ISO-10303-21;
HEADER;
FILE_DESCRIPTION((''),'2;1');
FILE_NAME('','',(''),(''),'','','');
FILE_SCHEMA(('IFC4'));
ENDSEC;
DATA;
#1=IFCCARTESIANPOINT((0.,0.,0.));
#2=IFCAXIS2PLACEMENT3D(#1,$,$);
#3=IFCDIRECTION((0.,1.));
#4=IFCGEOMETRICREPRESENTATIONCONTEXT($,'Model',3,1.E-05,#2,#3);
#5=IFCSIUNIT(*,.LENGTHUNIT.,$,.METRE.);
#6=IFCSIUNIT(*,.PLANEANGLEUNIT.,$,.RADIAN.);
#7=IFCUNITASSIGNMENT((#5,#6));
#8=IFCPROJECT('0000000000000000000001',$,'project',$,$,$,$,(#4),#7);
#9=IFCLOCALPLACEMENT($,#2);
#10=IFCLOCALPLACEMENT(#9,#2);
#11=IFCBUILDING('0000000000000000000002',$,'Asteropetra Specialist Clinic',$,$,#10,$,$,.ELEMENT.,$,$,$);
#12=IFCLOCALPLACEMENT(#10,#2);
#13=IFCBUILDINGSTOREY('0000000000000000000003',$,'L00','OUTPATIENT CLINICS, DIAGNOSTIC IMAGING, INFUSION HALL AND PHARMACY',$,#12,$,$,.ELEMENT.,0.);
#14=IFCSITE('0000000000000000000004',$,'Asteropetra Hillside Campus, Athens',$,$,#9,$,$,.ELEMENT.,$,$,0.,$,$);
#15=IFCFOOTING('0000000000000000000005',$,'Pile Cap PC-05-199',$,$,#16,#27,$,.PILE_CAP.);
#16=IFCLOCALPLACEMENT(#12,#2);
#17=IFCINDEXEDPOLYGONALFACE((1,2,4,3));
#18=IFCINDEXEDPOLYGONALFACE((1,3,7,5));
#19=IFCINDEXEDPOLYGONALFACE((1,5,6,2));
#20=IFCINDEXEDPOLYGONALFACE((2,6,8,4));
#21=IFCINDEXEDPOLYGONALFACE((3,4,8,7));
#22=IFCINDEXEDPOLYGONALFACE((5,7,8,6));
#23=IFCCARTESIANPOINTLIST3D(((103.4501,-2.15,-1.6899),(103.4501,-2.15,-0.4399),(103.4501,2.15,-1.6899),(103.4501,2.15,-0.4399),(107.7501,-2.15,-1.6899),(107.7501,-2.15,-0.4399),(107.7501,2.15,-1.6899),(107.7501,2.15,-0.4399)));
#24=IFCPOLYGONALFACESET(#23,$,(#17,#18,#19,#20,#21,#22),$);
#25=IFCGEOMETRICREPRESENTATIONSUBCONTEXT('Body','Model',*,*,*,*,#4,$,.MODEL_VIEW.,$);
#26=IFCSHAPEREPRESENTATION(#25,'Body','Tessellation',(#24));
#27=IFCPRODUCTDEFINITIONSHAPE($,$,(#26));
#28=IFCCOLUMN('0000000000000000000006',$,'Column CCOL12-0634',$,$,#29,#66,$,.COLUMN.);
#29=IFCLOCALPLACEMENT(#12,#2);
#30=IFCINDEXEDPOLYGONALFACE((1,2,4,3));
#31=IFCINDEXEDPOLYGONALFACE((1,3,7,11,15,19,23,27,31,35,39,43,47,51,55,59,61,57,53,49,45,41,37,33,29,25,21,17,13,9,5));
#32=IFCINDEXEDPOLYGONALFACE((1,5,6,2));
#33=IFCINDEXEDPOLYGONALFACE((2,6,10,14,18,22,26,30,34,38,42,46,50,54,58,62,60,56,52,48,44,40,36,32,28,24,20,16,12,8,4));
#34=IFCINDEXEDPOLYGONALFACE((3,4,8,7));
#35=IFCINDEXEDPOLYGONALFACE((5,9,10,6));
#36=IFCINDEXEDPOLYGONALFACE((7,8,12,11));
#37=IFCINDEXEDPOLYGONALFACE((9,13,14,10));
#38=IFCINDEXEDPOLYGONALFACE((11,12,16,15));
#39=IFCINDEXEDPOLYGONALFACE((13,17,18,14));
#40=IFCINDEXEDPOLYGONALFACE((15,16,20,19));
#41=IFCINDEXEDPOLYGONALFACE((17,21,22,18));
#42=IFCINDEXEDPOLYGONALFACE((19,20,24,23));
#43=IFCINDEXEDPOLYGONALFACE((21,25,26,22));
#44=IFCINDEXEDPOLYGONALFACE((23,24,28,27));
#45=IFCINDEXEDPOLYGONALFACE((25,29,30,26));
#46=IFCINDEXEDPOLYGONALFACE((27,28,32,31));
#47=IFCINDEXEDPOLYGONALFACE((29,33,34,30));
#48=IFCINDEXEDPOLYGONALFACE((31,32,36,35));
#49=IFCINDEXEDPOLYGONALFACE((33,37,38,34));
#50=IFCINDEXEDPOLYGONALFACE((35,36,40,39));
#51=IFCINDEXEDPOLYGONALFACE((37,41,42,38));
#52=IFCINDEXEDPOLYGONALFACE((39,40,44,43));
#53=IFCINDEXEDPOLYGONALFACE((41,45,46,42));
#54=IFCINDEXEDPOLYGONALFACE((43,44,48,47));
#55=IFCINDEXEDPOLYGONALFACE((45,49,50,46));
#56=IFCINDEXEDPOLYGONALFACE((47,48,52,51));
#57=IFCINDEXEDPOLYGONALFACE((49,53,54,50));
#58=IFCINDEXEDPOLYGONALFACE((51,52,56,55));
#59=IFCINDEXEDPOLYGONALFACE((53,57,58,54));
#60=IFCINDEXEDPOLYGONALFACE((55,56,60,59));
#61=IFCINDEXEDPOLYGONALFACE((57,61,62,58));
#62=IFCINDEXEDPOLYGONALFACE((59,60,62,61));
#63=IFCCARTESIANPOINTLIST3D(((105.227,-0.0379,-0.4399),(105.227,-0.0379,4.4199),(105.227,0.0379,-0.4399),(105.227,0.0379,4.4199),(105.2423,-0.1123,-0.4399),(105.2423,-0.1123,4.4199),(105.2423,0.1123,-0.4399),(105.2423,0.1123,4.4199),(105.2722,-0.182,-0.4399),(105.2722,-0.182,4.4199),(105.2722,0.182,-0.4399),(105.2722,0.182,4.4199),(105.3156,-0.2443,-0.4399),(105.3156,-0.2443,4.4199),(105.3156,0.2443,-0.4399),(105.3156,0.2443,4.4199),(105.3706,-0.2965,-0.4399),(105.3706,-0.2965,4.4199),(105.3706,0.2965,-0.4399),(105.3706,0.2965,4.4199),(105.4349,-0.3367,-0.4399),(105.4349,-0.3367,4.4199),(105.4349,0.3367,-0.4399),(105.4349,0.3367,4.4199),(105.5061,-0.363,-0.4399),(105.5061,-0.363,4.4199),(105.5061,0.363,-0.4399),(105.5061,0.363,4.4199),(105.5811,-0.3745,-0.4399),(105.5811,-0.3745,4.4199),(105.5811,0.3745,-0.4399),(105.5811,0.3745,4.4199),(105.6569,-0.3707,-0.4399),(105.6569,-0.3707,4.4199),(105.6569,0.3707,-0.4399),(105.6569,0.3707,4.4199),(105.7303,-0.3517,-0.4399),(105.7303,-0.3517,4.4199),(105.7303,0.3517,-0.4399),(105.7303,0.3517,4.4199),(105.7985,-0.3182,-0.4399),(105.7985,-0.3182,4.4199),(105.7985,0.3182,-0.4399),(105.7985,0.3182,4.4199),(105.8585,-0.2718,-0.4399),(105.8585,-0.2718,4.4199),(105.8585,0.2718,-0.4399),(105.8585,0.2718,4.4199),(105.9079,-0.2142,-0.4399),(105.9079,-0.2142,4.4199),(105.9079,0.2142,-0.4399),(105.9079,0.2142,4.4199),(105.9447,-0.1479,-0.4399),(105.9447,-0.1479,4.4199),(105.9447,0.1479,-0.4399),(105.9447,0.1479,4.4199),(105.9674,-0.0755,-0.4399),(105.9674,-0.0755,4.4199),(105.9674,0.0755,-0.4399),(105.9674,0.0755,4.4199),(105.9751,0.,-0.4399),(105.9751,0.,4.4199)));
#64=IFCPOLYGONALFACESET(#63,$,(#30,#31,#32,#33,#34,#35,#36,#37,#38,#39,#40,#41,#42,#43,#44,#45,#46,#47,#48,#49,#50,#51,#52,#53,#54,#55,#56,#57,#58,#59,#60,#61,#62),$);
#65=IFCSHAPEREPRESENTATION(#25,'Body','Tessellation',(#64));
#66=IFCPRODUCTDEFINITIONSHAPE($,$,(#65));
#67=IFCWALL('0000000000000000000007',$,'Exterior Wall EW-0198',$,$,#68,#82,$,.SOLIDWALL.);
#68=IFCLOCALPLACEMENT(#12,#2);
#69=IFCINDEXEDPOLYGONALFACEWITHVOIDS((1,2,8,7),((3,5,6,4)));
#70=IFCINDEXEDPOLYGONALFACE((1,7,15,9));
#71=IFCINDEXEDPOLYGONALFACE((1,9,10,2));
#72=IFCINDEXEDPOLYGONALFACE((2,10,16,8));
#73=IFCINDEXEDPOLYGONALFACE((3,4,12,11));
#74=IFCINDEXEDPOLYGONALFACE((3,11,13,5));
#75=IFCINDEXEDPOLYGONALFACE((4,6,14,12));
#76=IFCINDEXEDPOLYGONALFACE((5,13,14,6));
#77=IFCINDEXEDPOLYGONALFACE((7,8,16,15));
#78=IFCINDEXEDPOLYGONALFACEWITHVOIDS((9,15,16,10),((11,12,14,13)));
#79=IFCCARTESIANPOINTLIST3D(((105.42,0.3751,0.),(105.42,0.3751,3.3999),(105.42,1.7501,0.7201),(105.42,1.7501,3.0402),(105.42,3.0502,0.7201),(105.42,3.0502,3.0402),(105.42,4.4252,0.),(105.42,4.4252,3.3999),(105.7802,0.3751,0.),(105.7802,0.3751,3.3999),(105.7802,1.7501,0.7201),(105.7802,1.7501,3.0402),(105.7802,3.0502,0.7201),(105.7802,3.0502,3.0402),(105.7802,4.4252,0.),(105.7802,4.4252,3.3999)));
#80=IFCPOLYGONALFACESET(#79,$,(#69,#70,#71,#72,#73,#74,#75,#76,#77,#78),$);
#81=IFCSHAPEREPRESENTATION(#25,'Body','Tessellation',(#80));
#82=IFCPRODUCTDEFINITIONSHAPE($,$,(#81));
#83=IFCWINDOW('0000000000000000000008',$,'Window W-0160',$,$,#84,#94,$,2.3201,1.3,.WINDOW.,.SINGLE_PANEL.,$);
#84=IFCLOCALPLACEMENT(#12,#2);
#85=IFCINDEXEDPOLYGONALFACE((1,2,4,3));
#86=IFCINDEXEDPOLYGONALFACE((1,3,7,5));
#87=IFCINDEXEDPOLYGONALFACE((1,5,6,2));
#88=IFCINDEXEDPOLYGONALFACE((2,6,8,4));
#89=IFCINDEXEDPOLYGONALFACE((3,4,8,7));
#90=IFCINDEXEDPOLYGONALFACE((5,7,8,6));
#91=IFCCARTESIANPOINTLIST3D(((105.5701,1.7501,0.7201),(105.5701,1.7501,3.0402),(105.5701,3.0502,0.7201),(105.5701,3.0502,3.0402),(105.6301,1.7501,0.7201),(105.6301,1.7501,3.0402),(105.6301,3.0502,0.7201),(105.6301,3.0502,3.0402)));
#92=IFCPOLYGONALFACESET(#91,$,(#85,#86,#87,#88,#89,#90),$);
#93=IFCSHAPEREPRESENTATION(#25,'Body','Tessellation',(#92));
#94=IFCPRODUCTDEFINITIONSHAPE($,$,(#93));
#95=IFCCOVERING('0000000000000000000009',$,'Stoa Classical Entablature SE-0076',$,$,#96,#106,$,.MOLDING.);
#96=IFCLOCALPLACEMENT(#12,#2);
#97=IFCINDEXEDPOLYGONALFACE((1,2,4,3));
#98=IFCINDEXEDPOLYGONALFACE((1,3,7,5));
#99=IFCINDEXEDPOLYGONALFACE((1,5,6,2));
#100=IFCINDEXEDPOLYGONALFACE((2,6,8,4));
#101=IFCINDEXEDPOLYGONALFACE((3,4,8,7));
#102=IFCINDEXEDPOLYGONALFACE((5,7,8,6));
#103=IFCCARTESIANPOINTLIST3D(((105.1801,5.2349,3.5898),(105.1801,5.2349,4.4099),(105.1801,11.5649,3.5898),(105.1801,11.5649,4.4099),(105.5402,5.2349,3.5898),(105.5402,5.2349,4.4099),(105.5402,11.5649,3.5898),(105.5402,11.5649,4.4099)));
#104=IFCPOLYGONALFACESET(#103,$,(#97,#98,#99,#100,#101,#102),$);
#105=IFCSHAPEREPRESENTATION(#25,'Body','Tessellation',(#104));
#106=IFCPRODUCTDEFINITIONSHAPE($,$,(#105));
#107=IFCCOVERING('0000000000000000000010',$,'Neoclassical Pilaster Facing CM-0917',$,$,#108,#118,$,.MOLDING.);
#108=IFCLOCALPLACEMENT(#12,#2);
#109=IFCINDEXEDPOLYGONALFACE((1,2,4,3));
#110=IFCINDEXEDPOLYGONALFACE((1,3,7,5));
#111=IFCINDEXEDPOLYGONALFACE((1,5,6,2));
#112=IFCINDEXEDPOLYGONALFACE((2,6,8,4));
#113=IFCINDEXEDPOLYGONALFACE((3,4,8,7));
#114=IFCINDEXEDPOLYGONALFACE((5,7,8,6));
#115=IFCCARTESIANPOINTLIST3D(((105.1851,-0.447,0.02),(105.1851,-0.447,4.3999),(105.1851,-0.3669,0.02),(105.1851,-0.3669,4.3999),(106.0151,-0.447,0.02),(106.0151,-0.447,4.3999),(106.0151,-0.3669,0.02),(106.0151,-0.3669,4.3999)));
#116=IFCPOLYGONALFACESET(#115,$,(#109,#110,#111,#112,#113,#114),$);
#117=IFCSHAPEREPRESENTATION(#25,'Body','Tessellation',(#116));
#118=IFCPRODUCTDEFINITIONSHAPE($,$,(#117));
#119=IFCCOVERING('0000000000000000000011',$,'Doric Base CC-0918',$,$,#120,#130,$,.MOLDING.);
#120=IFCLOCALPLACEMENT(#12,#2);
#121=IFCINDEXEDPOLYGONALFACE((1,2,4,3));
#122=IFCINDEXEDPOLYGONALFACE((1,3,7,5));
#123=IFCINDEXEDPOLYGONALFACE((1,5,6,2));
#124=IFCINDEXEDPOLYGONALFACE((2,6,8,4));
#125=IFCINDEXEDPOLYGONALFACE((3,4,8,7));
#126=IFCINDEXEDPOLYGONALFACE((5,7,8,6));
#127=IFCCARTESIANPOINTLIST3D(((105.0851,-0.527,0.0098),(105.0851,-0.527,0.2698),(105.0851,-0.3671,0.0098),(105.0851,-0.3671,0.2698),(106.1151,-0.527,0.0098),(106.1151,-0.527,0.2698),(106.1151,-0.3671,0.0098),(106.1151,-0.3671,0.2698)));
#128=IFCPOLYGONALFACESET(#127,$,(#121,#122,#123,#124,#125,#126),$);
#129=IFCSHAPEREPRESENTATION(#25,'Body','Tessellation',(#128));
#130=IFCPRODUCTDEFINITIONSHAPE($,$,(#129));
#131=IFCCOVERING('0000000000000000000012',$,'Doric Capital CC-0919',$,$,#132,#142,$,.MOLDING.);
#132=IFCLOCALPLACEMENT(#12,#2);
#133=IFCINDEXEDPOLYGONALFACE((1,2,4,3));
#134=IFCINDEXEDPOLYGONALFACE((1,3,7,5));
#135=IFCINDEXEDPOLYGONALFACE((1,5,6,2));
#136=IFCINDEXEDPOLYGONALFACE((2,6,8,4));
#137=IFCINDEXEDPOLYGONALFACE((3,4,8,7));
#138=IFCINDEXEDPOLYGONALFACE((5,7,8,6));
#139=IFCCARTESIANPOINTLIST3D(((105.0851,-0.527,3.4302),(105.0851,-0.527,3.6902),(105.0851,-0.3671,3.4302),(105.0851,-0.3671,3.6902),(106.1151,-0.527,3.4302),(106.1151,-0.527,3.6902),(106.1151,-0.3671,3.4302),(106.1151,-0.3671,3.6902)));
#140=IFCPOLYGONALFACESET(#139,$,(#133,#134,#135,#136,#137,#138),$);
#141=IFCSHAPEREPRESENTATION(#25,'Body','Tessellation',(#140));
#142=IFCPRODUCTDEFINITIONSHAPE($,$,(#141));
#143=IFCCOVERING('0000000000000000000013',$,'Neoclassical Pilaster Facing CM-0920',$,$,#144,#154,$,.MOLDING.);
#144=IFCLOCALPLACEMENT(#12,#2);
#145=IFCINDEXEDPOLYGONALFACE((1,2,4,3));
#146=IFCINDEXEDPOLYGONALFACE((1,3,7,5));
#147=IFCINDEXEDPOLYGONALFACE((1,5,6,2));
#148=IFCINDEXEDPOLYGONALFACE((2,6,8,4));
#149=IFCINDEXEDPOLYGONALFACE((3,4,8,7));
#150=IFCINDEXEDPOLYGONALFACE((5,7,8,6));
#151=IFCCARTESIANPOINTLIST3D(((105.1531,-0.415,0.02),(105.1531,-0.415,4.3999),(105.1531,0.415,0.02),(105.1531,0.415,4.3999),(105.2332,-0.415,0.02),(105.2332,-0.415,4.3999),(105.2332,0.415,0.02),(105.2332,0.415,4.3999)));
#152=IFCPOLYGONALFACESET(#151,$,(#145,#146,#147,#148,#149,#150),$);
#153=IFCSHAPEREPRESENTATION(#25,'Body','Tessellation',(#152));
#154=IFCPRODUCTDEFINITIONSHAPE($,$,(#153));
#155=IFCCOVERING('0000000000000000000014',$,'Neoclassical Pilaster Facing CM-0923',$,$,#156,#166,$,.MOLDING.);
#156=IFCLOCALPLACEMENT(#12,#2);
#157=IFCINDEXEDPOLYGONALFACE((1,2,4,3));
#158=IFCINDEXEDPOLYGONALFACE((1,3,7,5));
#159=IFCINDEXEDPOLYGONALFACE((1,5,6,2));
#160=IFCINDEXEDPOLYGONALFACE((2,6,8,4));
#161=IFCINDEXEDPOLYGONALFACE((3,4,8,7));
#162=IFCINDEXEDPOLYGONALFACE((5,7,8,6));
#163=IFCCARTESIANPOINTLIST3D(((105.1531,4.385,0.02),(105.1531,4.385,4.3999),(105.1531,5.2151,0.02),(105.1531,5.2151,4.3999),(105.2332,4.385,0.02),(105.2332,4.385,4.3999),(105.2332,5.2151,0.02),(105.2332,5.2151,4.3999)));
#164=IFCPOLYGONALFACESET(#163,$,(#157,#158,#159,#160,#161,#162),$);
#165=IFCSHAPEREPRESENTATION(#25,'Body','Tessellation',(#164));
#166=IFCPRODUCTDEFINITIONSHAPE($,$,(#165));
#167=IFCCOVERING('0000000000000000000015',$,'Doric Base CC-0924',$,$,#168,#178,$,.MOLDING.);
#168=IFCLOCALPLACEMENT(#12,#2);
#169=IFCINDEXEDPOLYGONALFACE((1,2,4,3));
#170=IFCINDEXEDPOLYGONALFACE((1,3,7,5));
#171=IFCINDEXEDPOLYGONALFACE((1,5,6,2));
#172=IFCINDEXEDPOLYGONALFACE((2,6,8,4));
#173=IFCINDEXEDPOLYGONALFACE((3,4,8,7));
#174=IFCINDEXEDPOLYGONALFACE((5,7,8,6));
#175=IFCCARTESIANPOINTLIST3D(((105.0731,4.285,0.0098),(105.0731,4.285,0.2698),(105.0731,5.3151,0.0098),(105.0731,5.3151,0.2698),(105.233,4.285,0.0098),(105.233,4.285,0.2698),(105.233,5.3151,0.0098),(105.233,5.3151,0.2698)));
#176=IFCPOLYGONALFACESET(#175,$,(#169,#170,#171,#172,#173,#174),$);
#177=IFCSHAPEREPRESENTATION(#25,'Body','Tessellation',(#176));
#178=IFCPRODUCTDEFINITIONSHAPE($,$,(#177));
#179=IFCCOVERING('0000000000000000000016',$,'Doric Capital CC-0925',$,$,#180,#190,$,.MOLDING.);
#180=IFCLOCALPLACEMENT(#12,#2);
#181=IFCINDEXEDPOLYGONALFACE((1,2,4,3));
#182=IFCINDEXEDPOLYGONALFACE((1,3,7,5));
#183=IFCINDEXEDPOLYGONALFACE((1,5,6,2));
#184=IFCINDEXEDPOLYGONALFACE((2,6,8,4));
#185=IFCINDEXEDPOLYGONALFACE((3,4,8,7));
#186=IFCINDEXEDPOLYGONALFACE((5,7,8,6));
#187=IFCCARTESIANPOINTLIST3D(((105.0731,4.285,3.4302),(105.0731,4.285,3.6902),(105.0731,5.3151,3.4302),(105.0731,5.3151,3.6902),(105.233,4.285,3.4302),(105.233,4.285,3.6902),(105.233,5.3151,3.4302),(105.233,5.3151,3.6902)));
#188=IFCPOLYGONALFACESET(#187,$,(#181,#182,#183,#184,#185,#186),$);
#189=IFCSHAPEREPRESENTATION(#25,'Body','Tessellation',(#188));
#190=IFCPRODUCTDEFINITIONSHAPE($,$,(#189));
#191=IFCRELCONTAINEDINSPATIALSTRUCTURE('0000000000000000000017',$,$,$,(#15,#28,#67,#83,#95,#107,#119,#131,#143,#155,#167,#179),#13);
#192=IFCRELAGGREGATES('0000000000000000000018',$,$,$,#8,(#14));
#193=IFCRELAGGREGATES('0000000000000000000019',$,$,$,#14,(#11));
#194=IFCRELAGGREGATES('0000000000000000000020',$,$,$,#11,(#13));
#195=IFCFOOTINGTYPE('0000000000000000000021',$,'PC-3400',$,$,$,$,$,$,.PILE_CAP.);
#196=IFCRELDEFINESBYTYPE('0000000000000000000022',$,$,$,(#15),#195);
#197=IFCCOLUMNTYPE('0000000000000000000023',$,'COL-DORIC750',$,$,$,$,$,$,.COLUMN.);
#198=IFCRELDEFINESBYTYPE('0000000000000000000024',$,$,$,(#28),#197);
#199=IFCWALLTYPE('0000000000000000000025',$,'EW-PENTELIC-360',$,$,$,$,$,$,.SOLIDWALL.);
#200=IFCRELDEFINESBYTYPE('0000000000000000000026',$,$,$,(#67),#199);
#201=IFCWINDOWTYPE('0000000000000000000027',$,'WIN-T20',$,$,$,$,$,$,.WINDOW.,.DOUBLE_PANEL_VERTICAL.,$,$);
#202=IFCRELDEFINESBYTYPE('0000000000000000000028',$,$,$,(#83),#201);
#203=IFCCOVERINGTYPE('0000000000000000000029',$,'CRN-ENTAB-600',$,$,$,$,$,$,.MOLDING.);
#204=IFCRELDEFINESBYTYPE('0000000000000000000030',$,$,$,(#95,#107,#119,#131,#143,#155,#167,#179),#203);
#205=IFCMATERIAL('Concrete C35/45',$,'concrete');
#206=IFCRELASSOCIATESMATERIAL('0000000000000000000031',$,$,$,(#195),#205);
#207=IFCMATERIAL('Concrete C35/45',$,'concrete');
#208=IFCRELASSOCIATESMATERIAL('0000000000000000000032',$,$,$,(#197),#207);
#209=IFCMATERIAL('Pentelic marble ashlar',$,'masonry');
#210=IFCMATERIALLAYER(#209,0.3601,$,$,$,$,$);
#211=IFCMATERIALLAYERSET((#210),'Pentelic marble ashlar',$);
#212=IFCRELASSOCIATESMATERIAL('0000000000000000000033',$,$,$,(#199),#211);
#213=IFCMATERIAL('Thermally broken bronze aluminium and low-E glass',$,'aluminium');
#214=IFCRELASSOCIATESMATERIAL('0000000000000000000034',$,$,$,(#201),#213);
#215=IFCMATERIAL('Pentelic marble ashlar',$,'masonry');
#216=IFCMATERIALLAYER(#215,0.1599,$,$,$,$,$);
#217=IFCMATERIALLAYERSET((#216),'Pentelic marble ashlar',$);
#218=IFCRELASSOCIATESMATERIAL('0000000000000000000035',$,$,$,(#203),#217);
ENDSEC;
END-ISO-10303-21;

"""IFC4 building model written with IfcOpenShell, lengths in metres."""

from ifc_helpers import new_model, si_unit, direction, frame, frame_2d, origin, origin_2d, place, context, subcontext, project, spatial, rectangle, circle, extrude, material, layer, layer_set, material_profile, profile_set, type_object, element, fill, save


model = new_model("IFC4")

# Units and contexts
model_context = context("Model", 3, precision=1e-05, world=origin(), true_north=direction((0.0, 1.0)))
body_context = subcontext(model_context, "Body", "Model", "MODEL_VIEW")
ifc_project = project(units=[si_unit("LENGTHUNIT", "METRE"), si_unit("PLANEANGLEUNIT", "RADIAN")], contexts=[model_context])

# Site, building, storey
site_placement = place(None, origin())
site = spatial("IfcSite", under=ifc_project, at=site_placement, Name="Asteropetra Hillside Campus, Athens", CompositionType="ELEMENT", RefElevation=0.0)
building_placement = place(site_placement, origin())
building = spatial("IfcBuilding", under=site, at=building_placement, Name="Asteropetra Specialist Clinic", CompositionType="ELEMENT")
storey_placement = place(building_placement, origin())
storey = spatial("IfcBuildingStorey", under=building, at=storey_placement, Name="L00", Description="OUTPATIENT CLINICS, DIAGNOSTIC IMAGING, INFUSION HALL AND PHARMACY", CompositionType="ELEMENT", Elevation=0.0)

# Footing
ifc_material_1 = material(Name="Concrete C35/45", Category="concrete")
footing_type = type_object("IfcFootingType", Name="PC-3400", PredefinedType="PILE_CAP", material=ifc_material_1)
footing_placement = place(storey_placement, frame((105.6001, 0.0, -1.6899), z_axis=(0.0, 0.0, 1.0), x_axis=(1.0, 0.0, 0.0)))
element("IfcFooting", 1, at=footing_placement, inside=storey, type_object=footing_type, Name="Pile Cap PC-05-199", PredefinedType="PILE_CAP", context=body_context, shape_type="SweptSolid", body=[
    extrude(rectangle(XDim=4.3, YDim=4.3, at=origin_2d()), origin(), (0.0, 0.0, 1.0), 1.25),
])

# Column
ifc_material_2 = material(Name="Concrete C35/45", Category="concrete")
ifc_material_profile = material_profile(ifc_material_2, circle(Radius=0.375, at=origin_2d()), Name="RCC D750")
ifc_profile_set = profile_set([ifc_material_profile], Name="Concrete C35/45")
column_type = type_object("IfcColumnType", Name="COL-DORIC750", PredefinedType="COLUMN", material=ifc_profile_set)
column_placement = place(storey_placement, frame((105.6001, 0.0, -0.4399), z_axis=(0.0, 0.0, 1.0), x_axis=(1.0, 0.0, 0.0)))
element("IfcColumn", 2, at=column_placement, inside=storey, type_object=column_type, Name="Column CCOL12-0634", PredefinedType="COLUMN", context=body_context, shape_type="SweptSolid", body=[
    extrude(circle(Radius=0.375, at=origin_2d()), origin(), (0.0, 0.0, 1.0), 4.8599),
])

# Wall, opening, window
ifc_material_3 = material(Name="Pentelic marble ashlar", Category="masonry")
ifc_layer_1 = layer(ifc_material_3, 0.3601)
ifc_layer_set_1 = layer_set([ifc_layer_1], Name="Pentelic marble ashlar")
wall_type = type_object("IfcWallType", Name="EW-PENTELIC-360", PredefinedType="SOLIDWALL", material=ifc_layer_set_1)
wall_placement = place(storey_placement, frame((105.6001, 4.425, 0.0), z_axis=(0.0, 0.0, 1.0), x_axis=(0.0, -1.0, 0.0)))
wall = element("IfcWall", 3, at=wall_placement, inside=storey, type_object=wall_type, Name="Exterior Wall EW-0198", PredefinedType="SOLIDWALL", context=body_context, shape_type="SweptSolid", body=[
    extrude(rectangle(XDim=4.05, YDim=0.3601, at=frame_2d((2.0249, 0.0))), origin(), (0.0, 0.0, 1.0), 3.3999),
])
opening_placement = place(wall_placement, frame((1.375, 0.0, 0.72)))
opening = element("IfcOpeningElement", 4, at=opening_placement, cuts=wall, PredefinedType="OPENING", context=body_context, shape_type="SweptSolid", body=[
    extrude(rectangle(XDim=1.3, YDim=2.3201, at=frame_2d((0.6499, 1.1602))), frame((0.0, 0.1899, 0.0), z_axis=(0.0, -1.0, 0.0), x_axis=(1.0, 0.0, 0.0)), (0.0, 0.0, 1.0), 0.3801),
])
ifc_material_4 = material(Name="Thermally broken bronze aluminium and low-E glass", Category="aluminium")
window_type = type_object("IfcWindowType", Name="WIN-T20", PartitioningType="DOUBLE_PANEL_VERTICAL", PredefinedType="WINDOW", material=ifc_material_4)
window_placement = place(opening_placement, origin())
window = element("IfcWindow", 5, at=window_placement, inside=storey, type_object=window_type, Name="Window W-0160", OverallHeight=2.3201, OverallWidth=1.3, PartitioningType="SINGLE_PANEL", PredefinedType="WINDOW", context=body_context, shape_type="SweptSolid", body=[
    extrude(rectangle(XDim=1.3, YDim=2.3201, at=frame_2d((0.6499, 1.1602))), frame((0.0, 0.03, 0.0), z_axis=(0.0, -1.0, 0.0), x_axis=(1.0, 0.0, 0.0)), (0.0, 0.0, 1.0), 0.0601),
])
fill(opening, window)

# Coverings
ifc_material_5 = material(Name="Pentelic marble ashlar", Category="masonry")
ifc_layer_2 = layer(ifc_material_5, 0.1599)
ifc_layer_set_2 = layer_set([ifc_layer_2], Name="Pentelic marble ashlar")
covering_type = type_object("IfcCoveringType", Name="CRN-ENTAB-600", PredefinedType="MOLDING", material=ifc_layer_set_2)
covering_1_placement = place(storey_placement, frame((105.3601, 8.3999, 3.5898), z_axis=(0.0, 0.0, 1.0), x_axis=(1.0, 0.0, 0.0)))
element("IfcCovering", 6, at=covering_1_placement, inside=storey, type_object=covering_type, Name="Stoa Classical Entablature SE-0076", PredefinedType="MOLDING", context=body_context, shape_type="SweptSolid", body=[
    extrude(rectangle(XDim=0.3601, YDim=6.3301, at=origin_2d()), origin(), (0.0, 0.0, 1.0), 0.8201),
])
covering_2_placement = place(storey_placement, frame((105.6001, -0.407, 0.02), z_axis=(0.0, 0.0, 1.0), x_axis=(1.0, 0.0, 0.0)))
element("IfcCovering", 7, at=covering_2_placement, inside=storey, type_object=covering_type, Name="Neoclassical Pilaster Facing CM-0917", PredefinedType="MOLDING", context=body_context, shape_type="SweptSolid", body=[
    extrude(rectangle(XDim=0.8301, YDim=0.0801, at=origin_2d()), origin(), (0.0, 0.0, 1.0), 4.3799),
])
for number, where, z_axis, x_axis, name in (
    (8, (105.6001, -0.447, 0.0098), (0.0, 0.0, 1.0), (1.0, 0.0, 0.0), "Doric Base CC-0918"),
    (9, (105.6001, -0.447, 3.4302), (0.0, 0.0, 1.0), (1.0, 0.0, 0.0), "Doric Capital CC-0919"),
):
    element("IfcCovering", number, at=place(storey_placement, frame(where, z_axis=z_axis, x_axis=x_axis)), inside=storey, type_object=covering_type, Name=name, PredefinedType="MOLDING", context=body_context, shape_type="SweptSolid", body=[
        extrude(rectangle(XDim=1.03, YDim=0.1599, at=origin_2d()), origin(), (0.0, 0.0, 1.0), 0.26),
    ])
for number, where, z_axis, x_axis, name in (
    (10, (105.1931, 0.0, 0.02), (0.0, 0.0, 1.0), (1.0, 0.0, 0.0), "Neoclassical Pilaster Facing CM-0920"),
    (11, (105.1931, 4.8, 0.02), (0.0, 0.0, 1.0), (1.0, 0.0, 0.0), "Neoclassical Pilaster Facing CM-0923"),
):
    element("IfcCovering", number, at=place(storey_placement, frame(where, z_axis=z_axis, x_axis=x_axis)), inside=storey, type_object=covering_type, Name=name, PredefinedType="MOLDING", context=body_context, shape_type="SweptSolid", body=[
        extrude(rectangle(XDim=0.0801, YDim=0.8301, at=origin_2d()), origin(), (0.0, 0.0, 1.0), 4.3799),
    ])
for number, where, z_axis, x_axis, name in (
    (12, (105.1531, 4.8, 0.0098), (0.0, 0.0, 1.0), (1.0, 0.0, 0.0), "Doric Base CC-0924"),
    (13, (105.1531, 4.8, 3.4302), (0.0, 0.0, 1.0), (1.0, 0.0, 0.0), "Doric Capital CC-0925"),
):
    element("IfcCovering", number, at=place(storey_placement, frame(where, z_axis=z_axis, x_axis=x_axis)), inside=storey, type_object=covering_type, Name=name, PredefinedType="MOLDING", context=body_context, shape_type="SweptSolid", body=[
        extrude(rectangle(XDim=0.1599, YDim=1.03, at=origin_2d()), origin(), (0.0, 0.0, 1.0), 0.26),
    ])

save(model, "model.ifc")
